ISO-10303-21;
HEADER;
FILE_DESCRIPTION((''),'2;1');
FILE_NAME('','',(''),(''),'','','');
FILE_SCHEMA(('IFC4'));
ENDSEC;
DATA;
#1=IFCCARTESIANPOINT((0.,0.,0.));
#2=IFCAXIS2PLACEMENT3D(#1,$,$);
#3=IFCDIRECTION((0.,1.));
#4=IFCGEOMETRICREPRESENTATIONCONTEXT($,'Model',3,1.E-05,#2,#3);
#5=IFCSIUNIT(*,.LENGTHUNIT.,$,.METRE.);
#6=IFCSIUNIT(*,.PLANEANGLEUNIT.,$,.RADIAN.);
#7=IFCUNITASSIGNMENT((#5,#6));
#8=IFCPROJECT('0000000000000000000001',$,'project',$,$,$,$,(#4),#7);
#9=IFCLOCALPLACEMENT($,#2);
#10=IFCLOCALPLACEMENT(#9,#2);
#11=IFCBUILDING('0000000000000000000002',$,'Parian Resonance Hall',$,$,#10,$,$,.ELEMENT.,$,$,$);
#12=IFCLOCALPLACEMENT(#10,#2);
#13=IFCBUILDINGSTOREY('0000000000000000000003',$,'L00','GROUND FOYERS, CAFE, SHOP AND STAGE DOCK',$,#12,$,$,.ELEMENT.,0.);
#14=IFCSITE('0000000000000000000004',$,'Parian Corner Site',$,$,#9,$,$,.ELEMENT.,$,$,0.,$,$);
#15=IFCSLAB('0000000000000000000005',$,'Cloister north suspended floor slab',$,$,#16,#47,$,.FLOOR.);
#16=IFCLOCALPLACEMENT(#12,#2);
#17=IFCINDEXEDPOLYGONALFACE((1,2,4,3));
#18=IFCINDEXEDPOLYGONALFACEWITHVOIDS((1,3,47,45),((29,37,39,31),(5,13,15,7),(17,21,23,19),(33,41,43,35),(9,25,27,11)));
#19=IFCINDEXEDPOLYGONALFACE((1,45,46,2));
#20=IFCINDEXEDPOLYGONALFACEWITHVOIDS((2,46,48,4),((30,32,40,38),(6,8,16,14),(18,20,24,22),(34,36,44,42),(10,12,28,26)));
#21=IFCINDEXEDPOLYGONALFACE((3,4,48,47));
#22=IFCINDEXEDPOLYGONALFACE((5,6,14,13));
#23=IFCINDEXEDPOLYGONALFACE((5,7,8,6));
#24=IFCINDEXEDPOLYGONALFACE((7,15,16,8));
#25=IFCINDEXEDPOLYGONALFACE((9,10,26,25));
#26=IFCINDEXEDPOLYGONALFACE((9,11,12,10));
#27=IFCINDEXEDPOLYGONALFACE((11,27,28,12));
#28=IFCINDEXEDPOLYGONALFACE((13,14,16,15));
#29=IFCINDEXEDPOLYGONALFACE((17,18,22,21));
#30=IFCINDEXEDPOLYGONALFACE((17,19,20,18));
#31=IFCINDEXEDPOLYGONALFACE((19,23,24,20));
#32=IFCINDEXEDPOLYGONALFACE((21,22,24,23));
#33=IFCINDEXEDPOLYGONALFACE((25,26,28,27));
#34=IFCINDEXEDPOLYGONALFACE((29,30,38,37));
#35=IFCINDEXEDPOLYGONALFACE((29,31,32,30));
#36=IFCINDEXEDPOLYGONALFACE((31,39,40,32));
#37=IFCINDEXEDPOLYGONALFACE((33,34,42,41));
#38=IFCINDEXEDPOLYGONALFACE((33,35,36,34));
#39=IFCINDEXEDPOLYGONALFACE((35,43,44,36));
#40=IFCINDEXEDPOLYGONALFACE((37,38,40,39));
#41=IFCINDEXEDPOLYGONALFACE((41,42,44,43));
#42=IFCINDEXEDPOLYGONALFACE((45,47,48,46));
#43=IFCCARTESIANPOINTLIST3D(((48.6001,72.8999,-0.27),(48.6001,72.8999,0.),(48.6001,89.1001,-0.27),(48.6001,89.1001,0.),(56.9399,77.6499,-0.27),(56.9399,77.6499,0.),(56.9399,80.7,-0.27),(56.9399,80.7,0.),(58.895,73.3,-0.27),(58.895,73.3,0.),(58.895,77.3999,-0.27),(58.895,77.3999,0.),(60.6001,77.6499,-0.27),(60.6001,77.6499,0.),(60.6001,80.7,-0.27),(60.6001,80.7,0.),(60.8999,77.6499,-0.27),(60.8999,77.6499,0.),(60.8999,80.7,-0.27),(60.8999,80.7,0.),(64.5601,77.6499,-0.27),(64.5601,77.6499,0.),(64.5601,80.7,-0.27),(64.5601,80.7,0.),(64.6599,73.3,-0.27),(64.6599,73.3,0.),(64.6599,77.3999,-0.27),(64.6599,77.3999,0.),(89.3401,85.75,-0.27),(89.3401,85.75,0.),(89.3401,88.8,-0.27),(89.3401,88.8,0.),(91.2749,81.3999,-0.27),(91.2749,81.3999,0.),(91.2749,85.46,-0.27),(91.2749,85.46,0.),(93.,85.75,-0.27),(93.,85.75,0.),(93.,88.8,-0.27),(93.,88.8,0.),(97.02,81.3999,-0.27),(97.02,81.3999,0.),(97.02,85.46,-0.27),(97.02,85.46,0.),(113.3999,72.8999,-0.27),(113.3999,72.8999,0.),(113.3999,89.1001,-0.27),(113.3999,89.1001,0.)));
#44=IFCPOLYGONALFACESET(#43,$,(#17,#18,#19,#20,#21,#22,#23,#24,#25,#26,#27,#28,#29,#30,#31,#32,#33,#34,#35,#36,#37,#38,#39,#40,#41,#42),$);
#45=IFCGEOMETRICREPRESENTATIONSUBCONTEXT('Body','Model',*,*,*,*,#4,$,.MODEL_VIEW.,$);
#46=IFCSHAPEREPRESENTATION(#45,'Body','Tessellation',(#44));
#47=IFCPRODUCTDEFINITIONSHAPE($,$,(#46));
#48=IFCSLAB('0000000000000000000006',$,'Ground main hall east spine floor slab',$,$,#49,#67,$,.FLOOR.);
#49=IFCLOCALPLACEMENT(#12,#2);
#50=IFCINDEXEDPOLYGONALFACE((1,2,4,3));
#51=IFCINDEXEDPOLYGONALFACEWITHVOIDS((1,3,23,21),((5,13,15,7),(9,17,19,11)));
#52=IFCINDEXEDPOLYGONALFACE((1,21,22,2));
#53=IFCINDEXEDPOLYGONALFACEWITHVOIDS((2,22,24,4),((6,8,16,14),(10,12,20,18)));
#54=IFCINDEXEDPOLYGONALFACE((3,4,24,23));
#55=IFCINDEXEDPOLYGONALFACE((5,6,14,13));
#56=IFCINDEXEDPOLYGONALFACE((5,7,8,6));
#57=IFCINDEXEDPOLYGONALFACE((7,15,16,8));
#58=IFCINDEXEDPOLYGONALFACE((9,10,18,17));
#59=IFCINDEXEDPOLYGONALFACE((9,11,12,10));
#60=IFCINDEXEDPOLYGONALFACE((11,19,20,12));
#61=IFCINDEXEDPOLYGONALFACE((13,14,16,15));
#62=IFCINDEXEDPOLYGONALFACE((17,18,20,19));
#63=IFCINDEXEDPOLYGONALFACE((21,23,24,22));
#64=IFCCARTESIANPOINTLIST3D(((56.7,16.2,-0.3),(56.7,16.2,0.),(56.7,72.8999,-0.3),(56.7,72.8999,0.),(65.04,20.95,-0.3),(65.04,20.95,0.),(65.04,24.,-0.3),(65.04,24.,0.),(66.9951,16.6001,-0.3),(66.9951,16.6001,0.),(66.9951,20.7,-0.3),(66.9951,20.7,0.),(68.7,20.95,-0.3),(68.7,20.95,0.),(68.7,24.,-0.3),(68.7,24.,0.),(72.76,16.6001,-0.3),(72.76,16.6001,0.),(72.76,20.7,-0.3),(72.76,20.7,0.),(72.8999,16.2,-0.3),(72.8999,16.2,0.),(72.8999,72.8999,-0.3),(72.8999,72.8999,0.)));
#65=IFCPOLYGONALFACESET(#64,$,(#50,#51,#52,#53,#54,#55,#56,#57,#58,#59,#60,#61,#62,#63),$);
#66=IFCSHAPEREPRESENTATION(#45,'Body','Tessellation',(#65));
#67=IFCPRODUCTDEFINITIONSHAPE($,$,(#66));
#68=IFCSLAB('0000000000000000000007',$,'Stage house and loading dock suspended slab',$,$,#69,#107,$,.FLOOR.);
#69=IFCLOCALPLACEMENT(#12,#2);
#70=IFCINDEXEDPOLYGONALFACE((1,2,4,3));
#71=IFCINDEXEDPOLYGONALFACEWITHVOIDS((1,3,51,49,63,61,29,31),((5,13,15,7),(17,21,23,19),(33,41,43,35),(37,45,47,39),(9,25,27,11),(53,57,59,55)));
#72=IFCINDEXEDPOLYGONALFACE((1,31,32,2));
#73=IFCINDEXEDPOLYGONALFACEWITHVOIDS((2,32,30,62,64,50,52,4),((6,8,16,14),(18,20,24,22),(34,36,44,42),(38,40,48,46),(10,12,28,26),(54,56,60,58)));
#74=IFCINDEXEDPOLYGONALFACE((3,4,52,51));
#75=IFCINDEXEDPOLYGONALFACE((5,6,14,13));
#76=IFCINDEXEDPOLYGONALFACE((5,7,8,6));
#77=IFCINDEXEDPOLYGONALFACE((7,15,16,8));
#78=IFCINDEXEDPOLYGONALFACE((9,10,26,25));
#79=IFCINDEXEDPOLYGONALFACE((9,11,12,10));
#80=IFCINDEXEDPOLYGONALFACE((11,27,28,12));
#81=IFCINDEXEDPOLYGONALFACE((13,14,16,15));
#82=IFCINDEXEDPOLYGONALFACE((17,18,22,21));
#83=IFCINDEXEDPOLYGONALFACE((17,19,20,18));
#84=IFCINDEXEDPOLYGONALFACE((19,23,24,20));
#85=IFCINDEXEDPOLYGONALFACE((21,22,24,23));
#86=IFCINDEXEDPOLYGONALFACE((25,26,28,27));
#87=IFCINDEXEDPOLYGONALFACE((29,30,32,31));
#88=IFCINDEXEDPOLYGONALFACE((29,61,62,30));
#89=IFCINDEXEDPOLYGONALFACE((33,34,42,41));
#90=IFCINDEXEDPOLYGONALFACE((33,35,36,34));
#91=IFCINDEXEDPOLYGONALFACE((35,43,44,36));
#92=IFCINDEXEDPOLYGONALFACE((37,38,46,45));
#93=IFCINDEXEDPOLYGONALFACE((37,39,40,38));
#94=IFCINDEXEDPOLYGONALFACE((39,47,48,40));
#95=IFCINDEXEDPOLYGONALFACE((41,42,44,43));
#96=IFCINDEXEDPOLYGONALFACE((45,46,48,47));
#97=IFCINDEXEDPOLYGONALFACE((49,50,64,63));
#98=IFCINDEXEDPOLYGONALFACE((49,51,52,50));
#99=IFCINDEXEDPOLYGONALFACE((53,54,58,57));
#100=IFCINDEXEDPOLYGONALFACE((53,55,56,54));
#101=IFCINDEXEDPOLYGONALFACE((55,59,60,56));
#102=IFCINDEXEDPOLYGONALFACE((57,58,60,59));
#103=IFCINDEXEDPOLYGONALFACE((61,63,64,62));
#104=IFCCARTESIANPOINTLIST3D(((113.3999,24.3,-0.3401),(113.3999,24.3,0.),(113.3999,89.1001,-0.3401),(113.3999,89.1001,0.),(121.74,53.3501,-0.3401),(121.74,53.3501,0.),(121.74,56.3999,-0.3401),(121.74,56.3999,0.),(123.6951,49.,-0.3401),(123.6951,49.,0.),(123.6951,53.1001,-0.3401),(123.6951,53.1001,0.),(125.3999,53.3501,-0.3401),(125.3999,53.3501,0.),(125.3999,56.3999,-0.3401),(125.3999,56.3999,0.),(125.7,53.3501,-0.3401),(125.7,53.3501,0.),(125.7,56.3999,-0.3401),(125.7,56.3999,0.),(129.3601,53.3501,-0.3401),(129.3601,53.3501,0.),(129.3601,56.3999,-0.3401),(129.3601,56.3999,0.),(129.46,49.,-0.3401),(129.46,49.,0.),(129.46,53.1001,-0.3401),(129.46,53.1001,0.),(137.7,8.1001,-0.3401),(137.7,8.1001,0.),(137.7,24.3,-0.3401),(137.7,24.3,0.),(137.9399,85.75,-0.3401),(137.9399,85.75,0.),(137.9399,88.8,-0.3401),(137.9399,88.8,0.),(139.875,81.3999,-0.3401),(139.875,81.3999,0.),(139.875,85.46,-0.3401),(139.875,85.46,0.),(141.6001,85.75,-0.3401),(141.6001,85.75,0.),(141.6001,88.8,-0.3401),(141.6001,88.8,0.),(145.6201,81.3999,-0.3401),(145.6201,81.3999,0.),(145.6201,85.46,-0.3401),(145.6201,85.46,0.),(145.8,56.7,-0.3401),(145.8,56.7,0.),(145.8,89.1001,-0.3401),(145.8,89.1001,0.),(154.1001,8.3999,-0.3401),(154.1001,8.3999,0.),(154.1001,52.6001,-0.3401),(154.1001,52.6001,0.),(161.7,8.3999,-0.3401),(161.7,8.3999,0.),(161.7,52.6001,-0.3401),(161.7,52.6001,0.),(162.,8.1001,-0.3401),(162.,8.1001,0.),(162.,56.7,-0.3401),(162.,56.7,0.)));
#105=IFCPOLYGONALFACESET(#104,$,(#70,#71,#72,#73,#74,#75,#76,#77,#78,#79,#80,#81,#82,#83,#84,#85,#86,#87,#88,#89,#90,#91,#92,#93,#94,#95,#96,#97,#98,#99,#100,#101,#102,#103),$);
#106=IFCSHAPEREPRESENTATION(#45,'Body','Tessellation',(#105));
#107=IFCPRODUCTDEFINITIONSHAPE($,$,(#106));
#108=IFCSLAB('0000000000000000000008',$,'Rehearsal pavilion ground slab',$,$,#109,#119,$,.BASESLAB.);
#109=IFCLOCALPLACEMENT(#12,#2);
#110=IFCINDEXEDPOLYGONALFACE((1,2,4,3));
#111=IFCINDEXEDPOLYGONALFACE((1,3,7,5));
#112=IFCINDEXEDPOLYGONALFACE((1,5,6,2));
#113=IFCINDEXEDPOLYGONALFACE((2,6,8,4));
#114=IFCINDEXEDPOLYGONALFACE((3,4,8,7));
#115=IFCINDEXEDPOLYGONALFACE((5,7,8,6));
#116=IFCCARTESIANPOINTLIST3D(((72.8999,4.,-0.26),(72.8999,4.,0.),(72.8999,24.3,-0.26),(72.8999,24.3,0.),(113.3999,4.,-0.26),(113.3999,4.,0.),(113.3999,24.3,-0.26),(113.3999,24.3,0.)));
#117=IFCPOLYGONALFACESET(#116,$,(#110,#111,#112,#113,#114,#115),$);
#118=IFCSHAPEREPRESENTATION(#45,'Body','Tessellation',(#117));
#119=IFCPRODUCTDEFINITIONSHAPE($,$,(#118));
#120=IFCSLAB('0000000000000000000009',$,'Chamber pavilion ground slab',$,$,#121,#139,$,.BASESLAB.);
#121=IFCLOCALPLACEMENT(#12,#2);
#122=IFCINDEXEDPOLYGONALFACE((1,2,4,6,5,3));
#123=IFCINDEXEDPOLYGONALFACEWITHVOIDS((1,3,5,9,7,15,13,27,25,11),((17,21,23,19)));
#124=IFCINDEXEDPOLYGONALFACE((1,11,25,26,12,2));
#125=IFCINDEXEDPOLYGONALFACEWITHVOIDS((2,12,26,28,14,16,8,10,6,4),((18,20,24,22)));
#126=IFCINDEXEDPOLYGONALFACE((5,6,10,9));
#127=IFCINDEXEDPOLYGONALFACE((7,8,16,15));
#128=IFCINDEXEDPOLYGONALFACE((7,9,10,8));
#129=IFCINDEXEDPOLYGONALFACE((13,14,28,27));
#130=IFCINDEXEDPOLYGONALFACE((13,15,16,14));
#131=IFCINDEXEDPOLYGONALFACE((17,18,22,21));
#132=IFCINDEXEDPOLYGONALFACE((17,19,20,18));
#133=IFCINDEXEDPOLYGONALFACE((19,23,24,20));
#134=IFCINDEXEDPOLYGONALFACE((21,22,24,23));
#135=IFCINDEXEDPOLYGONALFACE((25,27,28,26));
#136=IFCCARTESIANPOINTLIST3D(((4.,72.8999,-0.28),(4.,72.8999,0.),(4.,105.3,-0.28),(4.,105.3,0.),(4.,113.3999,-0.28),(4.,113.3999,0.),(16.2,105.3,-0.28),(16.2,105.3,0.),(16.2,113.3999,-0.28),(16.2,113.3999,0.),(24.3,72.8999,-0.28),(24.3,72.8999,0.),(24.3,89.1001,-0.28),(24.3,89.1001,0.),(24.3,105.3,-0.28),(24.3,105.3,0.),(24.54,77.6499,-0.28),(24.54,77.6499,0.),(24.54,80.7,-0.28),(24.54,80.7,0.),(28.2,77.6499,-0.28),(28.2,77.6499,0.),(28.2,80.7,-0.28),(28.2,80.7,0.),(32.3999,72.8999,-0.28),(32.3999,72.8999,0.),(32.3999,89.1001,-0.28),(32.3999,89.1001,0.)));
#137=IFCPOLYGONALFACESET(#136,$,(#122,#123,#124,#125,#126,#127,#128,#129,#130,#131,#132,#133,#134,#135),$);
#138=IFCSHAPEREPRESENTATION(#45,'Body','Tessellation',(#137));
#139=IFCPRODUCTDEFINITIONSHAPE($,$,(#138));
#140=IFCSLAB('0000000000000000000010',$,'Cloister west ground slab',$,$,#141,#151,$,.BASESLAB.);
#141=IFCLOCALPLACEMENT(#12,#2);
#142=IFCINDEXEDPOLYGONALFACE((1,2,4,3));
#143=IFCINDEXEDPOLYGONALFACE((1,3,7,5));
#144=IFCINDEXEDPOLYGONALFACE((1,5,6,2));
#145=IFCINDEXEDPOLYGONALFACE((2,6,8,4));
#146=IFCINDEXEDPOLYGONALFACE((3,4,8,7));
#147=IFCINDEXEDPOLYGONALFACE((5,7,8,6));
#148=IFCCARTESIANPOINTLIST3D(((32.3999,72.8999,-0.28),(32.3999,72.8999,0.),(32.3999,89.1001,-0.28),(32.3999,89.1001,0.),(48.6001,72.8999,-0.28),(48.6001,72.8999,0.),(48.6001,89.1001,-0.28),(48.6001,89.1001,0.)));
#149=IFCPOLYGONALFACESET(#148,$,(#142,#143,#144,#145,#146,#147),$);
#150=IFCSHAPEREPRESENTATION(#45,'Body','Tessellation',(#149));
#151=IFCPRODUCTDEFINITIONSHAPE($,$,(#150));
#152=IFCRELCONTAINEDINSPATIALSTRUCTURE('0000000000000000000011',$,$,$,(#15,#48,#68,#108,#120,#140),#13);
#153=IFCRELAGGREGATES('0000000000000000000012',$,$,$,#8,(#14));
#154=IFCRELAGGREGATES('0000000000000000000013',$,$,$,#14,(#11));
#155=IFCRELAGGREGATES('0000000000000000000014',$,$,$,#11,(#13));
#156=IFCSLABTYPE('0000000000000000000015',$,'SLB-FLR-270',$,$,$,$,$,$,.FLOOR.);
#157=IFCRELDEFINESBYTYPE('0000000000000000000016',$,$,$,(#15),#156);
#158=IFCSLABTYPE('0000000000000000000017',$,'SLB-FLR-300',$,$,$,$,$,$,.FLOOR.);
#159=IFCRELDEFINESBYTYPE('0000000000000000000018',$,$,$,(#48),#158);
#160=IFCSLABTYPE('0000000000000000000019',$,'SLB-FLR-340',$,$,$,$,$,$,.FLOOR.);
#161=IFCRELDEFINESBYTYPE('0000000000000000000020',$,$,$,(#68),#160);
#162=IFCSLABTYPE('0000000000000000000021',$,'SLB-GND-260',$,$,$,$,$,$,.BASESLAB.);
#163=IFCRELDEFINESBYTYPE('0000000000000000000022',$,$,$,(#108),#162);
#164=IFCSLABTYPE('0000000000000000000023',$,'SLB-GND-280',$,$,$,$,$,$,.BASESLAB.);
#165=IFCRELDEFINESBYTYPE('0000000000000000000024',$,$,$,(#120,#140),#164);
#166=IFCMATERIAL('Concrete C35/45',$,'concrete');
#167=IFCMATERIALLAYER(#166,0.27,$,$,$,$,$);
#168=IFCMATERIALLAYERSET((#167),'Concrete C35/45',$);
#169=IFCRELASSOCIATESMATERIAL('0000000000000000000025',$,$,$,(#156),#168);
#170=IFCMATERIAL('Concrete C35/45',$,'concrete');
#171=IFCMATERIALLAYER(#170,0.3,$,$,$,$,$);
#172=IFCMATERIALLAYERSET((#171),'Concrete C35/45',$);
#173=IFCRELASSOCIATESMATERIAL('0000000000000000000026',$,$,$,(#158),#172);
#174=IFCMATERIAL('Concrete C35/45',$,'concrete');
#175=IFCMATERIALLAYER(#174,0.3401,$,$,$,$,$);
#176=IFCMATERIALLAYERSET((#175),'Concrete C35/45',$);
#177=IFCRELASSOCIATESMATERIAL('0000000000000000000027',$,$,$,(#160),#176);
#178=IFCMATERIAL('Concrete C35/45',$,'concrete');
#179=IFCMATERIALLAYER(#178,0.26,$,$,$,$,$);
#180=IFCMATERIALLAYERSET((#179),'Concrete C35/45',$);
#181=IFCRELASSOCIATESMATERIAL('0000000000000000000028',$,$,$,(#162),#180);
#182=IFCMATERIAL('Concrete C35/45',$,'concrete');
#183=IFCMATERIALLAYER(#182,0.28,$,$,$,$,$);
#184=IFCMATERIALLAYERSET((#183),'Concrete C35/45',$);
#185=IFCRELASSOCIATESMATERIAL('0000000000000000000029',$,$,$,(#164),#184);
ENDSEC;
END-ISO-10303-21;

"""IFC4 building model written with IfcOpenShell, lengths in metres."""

from ifc_helpers import new_model, si_unit, direction, frame, origin, place, context, subcontext, project, spatial, polyline, outline, extrude, material, layer, layer_set, type_object, element, save


model = new_model("IFC4")

# Units and contexts
model_context = context("Model", 3, precision=1e-05, world=origin(), true_north=direction((0.0, 1.0)))
body_context = subcontext(model_context, "Body", "Model", "MODEL_VIEW")
ifc_project = project(units=[si_unit("LENGTHUNIT", "METRE"), si_unit("PLANEANGLEUNIT", "RADIAN")], contexts=[model_context])

# Site, building, storey
site_placement = place(None, origin())
site = spatial("IfcSite", under=ifc_project, at=site_placement, Name="Parian Corner Site", CompositionType="ELEMENT", RefElevation=0.0)
building_placement = place(site_placement, origin())
building = spatial("IfcBuilding", under=site, at=building_placement, Name="Parian Resonance Hall", CompositionType="ELEMENT")
storey_placement = place(building_placement, origin())
storey = spatial("IfcBuildingStorey", under=building, at=storey_placement, Name="L00", Description="GROUND FOYERS, CAFE, SHOP AND STAGE DOCK", CompositionType="ELEMENT", Elevation=0.0)

# Slabs
ifc_material_1 = material(Name="Concrete C35/45", Category="concrete")
ifc_layer_1 = layer(ifc_material_1, 0.27)
ifc_layer_set_1 = layer_set([ifc_layer_1], Name="Concrete C35/45")
slab_type_1 = type_object("IfcSlabType", Name="SLB-FLR-270", PredefinedType="FLOOR", material=ifc_layer_set_1)
slab_1_placement = place(storey_placement, frame((0.0, 0.0, -0.27)))
element("IfcSlab", 1, at=slab_1_placement, inside=storey, type_object=slab_type_1, Name="Cloister north suspended floor slab", PredefinedType="FLOOR", context=body_context, shape_type="SweptSolid", body=[
    extrude(outline(polyline([(48.6001, 72.8999), (113.3999, 72.8999), (113.3999, 89.1001), (48.6001, 89.1001), (48.6001, 72.8999)]), holes=[polyline([(64.6599, 77.3999), (64.6599, 73.3), (58.895, 73.3), (58.895, 77.3999), (64.6599, 77.3999)]), polyline([(60.6001, 80.7), (60.6001, 77.6499), (56.9399, 77.6499), (56.9399, 80.7), (60.6001, 80.7)]), polyline([(64.5601, 80.7), (64.5601, 77.6499), (60.8999, 77.6499), (60.8999, 80.7), (64.5601, 80.7)]), polyline([(97.02, 81.3999), (91.2749, 81.3999), (91.2749, 85.46), (97.02, 85.46), (97.02, 81.3999)]), polyline([(93.0, 85.75), (89.3401, 85.75), (89.3401, 88.8), (93.0, 88.8), (93.0, 85.75)])]), origin(), (0.0, 0.0, 1.0), 0.27),
])
ifc_material_2 = material(Name="Concrete C35/45", Category="concrete")
ifc_layer_2 = layer(ifc_material_2, 0.3)
ifc_layer_set_2 = layer_set([ifc_layer_2], Name="Concrete C35/45")
slab_type_2 = type_object("IfcSlabType", Name="SLB-FLR-300", PredefinedType="FLOOR", material=ifc_layer_set_2)
slab_2_placement = place(storey_placement, frame((0.0, 0.0, -0.3)))
element("IfcSlab", 2, at=slab_2_placement, inside=storey, type_object=slab_type_2, Name="Ground main hall east spine floor slab", PredefinedType="FLOOR", context=body_context, shape_type="SweptSolid", body=[
    extrude(outline(polyline([(56.7, 16.2), (72.8999, 16.2), (72.8999, 72.8999), (56.7, 72.8999), (56.7, 16.2)]), holes=[polyline([(66.9951, 20.7), (72.76, 20.7), (72.76, 16.6001), (66.9951, 16.6001), (66.9951, 20.7)]), polyline([(65.04, 24.0), (68.7, 24.0), (68.7, 20.95), (65.04, 20.95), (65.04, 24.0)])]), origin(), (0.0, 0.0, 1.0), 0.3),
])
ifc_material_3 = material(Name="Concrete C35/45", Category="concrete")
ifc_layer_3 = layer(ifc_material_3, 0.3401)
ifc_layer_set_3 = layer_set([ifc_layer_3], Name="Concrete C35/45")
slab_type_3 = type_object("IfcSlabType", Name="SLB-FLR-340", PredefinedType="FLOOR", material=ifc_layer_set_3)
slab_3_placement = place(storey_placement, frame((0.0, 0.0, -0.3401)))
element("IfcSlab", 3, at=slab_3_placement, inside=storey, type_object=slab_type_3, Name="Stage house and loading dock suspended slab", PredefinedType="FLOOR", context=body_context, shape_type="SweptSolid", body=[
    extrude(outline(polyline([(162.0, 56.7), (145.8, 56.7), (145.8, 89.1001), (113.3999, 89.1001), (113.3999, 24.3), (137.7, 24.3), (137.7, 8.1001), (162.0, 8.1001), (162.0, 56.7)]), holes=[polyline([(161.7, 52.6001), (161.7, 8.3999), (154.1001, 8.3999), (154.1001, 52.6001), (161.7, 52.6001)]), polyline([(129.46, 49.0), (123.6951, 49.0), (123.6951, 53.1001), (129.46, 53.1001), (129.46, 49.0)]), polyline([(125.3999, 53.3501), (121.74, 53.3501), (121.74, 56.3999), (125.3999, 56.3999), (125.3999, 53.3501)]), polyline([(129.3601, 56.3999), (129.3601, 53.3501), (125.7, 53.3501), (125.7, 56.3999), (129.3601, 56.3999)]), polyline([(145.6201, 81.3999), (139.875, 81.3999), (139.875, 85.46), (145.6201, 85.46), (145.6201, 81.3999)]), polyline([(141.6001, 85.75), (137.9399, 85.75), (137.9399, 88.8), (141.6001, 88.8), (141.6001, 85.75)])]), origin(), (0.0, 0.0, 1.0), 0.3401),
])
ifc_material_4 = material(Name="Concrete C35/45", Category="concrete")
ifc_layer_4 = layer(ifc_material_4, 0.26)
ifc_layer_set_4 = layer_set([ifc_layer_4], Name="Concrete C35/45")
slab_type_4 = type_object("IfcSlabType", Name="SLB-GND-260", PredefinedType="BASESLAB", material=ifc_layer_set_4)
slab_4_placement = place(storey_placement, frame((0.0, 0.0, -0.26)))
element("IfcSlab", 4, at=slab_4_placement, inside=storey, type_object=slab_type_4, Name="Rehearsal pavilion ground slab", PredefinedType="BASESLAB", context=body_context, shape_type="SweptSolid", body=[
    extrude(outline(polyline([(72.8999, 4.0), (113.3999, 4.0), (113.3999, 24.3), (72.8999, 24.3), (72.8999, 4.0)])), origin(), (0.0, 0.0, 1.0), 0.26),
])
ifc_material_5 = material(Name="Concrete C35/45", Category="concrete")
ifc_layer_5 = layer(ifc_material_5, 0.28)
ifc_layer_set_5 = layer_set([ifc_layer_5], Name="Concrete C35/45")
slab_type_5 = type_object("IfcSlabType", Name="SLB-GND-280", PredefinedType="BASESLAB", material=ifc_layer_set_5)
slab_5_placement = place(storey_placement, frame((0.0, 0.0, -0.28)))
element("IfcSlab", 5, at=slab_5_placement, inside=storey, type_object=slab_type_5, Name="Chamber pavilion ground slab", PredefinedType="BASESLAB", context=body_context, shape_type="SweptSolid", body=[
    extrude(outline(polyline([(32.3999, 89.1001), (24.3, 89.1001), (24.3, 105.3), (16.2, 105.3), (16.2, 113.3999), (4.0, 113.3999), (4.0, 105.3), (4.0, 72.8999), (24.3, 72.8999), (32.3999, 72.8999), (32.3999, 89.1001)]), holes=[polyline([(24.54, 77.6499), (24.54, 80.7), (28.2, 80.7), (28.2, 77.6499), (24.54, 77.6499)])]), origin(), (0.0, 0.0, 1.0), 0.28),
])
slab_6_placement = place(storey_placement, frame((0.0, 0.0, -0.28)))
element("IfcSlab", 6, at=slab_6_placement, inside=storey, type_object=slab_type_5, Name="Cloister west ground slab", PredefinedType="BASESLAB", context=body_context, shape_type="SweptSolid", body=[
    extrude(outline(polyline([(32.3999, 72.8999), (48.6001, 72.8999), (48.6001, 89.1001), (32.3999, 89.1001), (32.3999, 72.8999)])), origin(), (0.0, 0.0, 1.0), 0.28),
])

save(model, "model.ifc")
